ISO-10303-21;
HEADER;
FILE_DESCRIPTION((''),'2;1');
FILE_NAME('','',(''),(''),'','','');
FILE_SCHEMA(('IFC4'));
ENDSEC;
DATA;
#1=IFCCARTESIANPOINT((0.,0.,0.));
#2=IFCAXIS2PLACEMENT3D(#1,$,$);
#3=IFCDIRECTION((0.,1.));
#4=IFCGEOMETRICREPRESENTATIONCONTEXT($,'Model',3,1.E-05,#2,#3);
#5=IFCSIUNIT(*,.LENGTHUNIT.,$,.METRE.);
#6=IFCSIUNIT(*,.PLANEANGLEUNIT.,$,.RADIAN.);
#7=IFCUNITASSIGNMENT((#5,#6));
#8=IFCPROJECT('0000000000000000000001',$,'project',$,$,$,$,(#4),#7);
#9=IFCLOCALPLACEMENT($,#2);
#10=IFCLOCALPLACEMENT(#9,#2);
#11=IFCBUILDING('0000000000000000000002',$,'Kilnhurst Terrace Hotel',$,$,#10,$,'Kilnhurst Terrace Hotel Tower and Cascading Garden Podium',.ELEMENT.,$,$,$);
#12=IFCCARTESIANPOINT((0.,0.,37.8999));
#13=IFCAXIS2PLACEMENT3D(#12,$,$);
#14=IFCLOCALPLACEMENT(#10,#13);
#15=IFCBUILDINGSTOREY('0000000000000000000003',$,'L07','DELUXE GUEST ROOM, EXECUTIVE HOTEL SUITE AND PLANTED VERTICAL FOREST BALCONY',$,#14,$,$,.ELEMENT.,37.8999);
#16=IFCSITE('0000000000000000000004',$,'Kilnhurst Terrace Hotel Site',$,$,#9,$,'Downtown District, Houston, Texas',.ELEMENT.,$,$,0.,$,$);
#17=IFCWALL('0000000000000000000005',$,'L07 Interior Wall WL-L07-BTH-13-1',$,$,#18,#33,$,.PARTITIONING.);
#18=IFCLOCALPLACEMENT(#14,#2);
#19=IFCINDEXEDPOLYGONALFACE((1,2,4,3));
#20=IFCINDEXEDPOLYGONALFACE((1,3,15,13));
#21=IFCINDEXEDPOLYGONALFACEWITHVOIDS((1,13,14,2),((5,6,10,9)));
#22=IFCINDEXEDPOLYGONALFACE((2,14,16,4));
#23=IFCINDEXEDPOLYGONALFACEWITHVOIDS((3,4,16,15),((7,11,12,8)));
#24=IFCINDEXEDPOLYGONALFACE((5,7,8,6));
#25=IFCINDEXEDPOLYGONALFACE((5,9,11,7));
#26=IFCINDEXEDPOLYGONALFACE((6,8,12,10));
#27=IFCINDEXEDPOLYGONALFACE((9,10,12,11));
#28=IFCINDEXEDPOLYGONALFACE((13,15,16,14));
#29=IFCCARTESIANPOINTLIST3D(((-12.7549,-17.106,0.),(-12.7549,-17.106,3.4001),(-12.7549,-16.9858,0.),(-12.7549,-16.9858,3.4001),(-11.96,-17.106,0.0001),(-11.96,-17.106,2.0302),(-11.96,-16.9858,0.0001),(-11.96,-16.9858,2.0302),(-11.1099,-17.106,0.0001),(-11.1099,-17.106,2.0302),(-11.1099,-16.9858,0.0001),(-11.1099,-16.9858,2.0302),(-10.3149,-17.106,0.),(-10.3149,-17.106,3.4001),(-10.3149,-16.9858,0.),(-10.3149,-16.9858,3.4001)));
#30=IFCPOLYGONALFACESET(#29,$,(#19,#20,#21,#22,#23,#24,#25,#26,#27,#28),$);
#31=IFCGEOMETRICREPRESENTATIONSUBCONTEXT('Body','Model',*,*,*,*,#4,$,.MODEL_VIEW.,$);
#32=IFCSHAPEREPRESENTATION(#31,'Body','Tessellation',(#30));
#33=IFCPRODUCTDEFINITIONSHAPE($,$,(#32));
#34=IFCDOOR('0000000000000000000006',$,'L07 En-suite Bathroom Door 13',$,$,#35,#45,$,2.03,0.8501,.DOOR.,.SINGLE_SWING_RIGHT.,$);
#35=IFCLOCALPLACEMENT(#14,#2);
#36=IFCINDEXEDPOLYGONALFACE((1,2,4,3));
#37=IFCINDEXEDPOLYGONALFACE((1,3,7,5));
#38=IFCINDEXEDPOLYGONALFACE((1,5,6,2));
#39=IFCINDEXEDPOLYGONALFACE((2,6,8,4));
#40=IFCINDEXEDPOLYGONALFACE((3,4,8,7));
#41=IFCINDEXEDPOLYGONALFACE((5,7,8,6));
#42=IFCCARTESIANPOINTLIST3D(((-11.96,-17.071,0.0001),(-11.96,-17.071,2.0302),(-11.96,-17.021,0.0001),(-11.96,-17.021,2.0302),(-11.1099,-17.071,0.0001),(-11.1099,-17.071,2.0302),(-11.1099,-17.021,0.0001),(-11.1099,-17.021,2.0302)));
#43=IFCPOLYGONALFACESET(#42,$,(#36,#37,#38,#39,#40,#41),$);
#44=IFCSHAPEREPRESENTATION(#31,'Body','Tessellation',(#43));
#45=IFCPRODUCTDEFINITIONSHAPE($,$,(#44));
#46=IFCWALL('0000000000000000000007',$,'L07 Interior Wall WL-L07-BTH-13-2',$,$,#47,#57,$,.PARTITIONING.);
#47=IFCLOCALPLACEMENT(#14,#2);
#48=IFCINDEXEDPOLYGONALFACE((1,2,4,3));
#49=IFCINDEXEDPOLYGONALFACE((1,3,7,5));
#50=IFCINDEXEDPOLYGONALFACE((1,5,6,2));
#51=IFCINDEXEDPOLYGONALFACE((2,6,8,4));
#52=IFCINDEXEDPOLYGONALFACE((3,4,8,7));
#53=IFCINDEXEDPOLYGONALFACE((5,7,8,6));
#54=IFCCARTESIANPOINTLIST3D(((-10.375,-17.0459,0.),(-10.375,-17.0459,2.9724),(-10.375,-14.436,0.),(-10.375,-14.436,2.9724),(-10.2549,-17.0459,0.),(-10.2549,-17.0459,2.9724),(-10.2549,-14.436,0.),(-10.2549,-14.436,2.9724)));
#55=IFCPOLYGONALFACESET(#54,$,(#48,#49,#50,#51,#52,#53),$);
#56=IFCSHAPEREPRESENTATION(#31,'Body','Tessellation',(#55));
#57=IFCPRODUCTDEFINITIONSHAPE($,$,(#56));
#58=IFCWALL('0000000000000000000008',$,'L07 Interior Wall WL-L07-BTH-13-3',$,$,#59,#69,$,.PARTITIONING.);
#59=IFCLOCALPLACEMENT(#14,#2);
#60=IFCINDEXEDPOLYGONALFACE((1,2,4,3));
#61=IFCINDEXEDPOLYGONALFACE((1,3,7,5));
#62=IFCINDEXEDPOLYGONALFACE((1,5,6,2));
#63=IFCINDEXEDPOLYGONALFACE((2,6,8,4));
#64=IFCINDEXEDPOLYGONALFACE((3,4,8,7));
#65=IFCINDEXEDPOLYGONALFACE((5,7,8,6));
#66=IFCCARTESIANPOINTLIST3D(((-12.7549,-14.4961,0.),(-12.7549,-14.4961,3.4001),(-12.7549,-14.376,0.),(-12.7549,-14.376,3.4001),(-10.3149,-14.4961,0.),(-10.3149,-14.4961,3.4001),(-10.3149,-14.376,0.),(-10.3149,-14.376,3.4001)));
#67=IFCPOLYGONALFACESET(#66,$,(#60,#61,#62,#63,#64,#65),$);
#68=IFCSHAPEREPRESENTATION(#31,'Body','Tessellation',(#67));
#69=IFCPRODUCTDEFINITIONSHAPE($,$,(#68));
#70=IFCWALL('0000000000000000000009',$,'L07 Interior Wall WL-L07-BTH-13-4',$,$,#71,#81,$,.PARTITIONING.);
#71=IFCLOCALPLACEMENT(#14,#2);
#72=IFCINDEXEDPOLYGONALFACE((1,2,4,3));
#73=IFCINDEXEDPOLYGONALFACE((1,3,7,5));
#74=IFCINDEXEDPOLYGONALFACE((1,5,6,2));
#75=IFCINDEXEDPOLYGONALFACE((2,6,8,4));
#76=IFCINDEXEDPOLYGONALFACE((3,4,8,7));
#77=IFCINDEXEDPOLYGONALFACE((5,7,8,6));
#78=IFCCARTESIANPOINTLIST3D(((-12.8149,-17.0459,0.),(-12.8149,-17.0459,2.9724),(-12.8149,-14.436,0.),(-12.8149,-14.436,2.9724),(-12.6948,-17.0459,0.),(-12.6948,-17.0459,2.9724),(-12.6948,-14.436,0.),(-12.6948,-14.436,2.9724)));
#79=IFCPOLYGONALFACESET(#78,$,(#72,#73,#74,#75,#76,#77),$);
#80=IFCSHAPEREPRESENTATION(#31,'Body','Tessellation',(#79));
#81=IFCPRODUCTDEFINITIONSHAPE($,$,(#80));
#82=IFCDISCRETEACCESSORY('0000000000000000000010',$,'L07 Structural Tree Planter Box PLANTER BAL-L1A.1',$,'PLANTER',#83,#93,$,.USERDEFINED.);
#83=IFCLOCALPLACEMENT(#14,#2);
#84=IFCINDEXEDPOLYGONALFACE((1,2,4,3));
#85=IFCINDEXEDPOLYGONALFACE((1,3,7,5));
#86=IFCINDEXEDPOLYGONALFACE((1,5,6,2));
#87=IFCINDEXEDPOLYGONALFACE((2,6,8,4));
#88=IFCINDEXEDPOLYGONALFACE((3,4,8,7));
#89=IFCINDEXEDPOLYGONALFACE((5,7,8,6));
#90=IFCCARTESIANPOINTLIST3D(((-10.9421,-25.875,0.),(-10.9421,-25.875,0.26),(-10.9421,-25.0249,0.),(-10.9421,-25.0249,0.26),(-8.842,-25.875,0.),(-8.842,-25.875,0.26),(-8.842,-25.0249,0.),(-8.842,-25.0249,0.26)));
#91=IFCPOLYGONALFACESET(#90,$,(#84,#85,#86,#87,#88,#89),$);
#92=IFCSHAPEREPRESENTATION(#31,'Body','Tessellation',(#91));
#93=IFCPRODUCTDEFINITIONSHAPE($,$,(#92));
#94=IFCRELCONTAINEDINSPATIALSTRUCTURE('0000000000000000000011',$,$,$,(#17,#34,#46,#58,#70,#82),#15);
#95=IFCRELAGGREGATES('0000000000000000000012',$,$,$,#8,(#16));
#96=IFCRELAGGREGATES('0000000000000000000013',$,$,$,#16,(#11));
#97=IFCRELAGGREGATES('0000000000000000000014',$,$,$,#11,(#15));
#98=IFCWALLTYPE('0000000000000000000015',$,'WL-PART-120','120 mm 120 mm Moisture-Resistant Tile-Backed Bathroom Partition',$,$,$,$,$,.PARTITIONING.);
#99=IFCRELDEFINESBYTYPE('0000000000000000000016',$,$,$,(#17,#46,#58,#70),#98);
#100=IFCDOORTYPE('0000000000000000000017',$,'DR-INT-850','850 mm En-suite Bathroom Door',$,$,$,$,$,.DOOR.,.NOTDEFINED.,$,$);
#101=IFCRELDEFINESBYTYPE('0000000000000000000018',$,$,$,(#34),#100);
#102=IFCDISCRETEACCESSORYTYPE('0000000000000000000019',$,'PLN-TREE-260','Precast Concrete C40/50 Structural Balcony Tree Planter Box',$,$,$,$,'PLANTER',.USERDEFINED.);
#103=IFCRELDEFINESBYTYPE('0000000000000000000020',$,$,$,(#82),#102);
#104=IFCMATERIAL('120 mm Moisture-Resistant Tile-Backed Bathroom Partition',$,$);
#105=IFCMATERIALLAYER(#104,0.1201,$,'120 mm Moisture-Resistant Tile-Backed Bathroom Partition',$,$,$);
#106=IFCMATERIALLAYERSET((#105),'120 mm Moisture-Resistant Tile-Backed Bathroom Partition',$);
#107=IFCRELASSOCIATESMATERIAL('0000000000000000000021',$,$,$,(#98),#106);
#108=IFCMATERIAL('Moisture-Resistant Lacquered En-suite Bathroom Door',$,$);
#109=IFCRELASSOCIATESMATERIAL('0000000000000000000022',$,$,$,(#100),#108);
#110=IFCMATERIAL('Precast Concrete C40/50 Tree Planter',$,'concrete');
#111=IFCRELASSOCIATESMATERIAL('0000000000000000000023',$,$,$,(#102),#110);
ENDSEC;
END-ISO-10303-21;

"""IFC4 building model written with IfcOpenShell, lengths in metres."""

from ifc_helpers import new_model, si_unit, direction, frame, frame_2d, origin, origin_2d, place, context, subcontext, project, spatial, rectangle, extrude, material, layer, layer_set, type_object, element, fill, save


model = new_model("IFC4")

# Units and contexts
model_context = context("Model", 3, precision=1e-05, world=origin(), true_north=direction((0.0, 1.0)))
body_context = subcontext(model_context, "Body", "Model", "MODEL_VIEW")
ifc_project = project(units=[si_unit("LENGTHUNIT", "METRE"), si_unit("PLANEANGLEUNIT", "RADIAN")], contexts=[model_context])

# Site, building, storey
site_placement = place(None, origin())
site = spatial("IfcSite", under=ifc_project, at=site_placement, Name="Kilnhurst Terrace Hotel Site", LongName="Downtown District, Houston, Texas", CompositionType="ELEMENT", RefElevation=0.0)
building_placement = place(site_placement, origin())
building = spatial("IfcBuilding", under=site, at=building_placement, Name="Kilnhurst Terrace Hotel", LongName="Kilnhurst Terrace Hotel Tower and Cascading Garden Podium", CompositionType="ELEMENT")
storey_placement = place(building_placement, frame((0.0, 0.0, 37.8999)))
storey = spatial("IfcBuildingStorey", under=building, at=storey_placement, Name="L07", Description="DELUXE GUEST ROOM, EXECUTIVE HOTEL SUITE AND PLANTED VERTICAL FOREST BALCONY", CompositionType="ELEMENT", Elevation=37.8999)

# Shared definitions
ifc_material_1 = material(Name="120 mm Moisture-Resistant Tile-Backed Bathroom Partition")
ifc_layer_1 = layer(ifc_material_1, 0.1201, Name="120 mm Moisture-Resistant Tile-Backed Bathroom Partition")
ifc_layer_set_1 = layer_set([ifc_layer_1], Name="120 mm Moisture-Resistant Tile-Backed Bathroom Partition")
wall_type_1 = type_object("IfcWallType", Name="WL-PART-120", Description="120 mm 120 mm Moisture-Resistant Tile-Backed Bathroom Partition", PredefinedType="PARTITIONING", material=ifc_layer_set_1)
ifc_material_2 = material(Name="Moisture-Resistant Lacquered En-suite Bathroom Door")
door_type_1 = type_object("IfcDoorType", Name="DR-INT-850", Description="850 mm En-suite Bathroom Door", OperationType="NOTDEFINED", PredefinedType="DOOR", material=ifc_material_2)

# Wall, opening, door
wall_1_placement = place(storey_placement, frame((-12.7549, -17.0459, 0.0), z_axis=(0.0, 0.0, 1.0), x_axis=(1.0, 0.0, 0.0)))
wall_1 = element("IfcWall", 1, at=wall_1_placement, inside=storey, type_object=wall_type_1, Name="L07 Interior Wall WL-L07-BTH-13-1", PredefinedType="PARTITIONING", context=body_context, shape_type="SweptSolid", body=[
    extrude(rectangle(XDim=2.4399, YDim=0.1201, at=frame_2d((1.22, 0.0))), origin(), (0.0, 0.0, 1.0), 3.4001),
])
opening_1_placement = place(wall_1_placement, frame((0.7949, 0.0, 0.0)))
opening_1 = element("IfcOpeningElement", 2, at=opening_1_placement, cuts=wall_1, PredefinedType="OPENING", context=body_context, shape_type="SweptSolid", body=[
    extrude(rectangle(XDim=0.8501, YDim=2.03, at=frame_2d((0.425, 1.0151))), frame((0.0, 0.0701, 0.0), z_axis=(0.0, -1.0, 0.0), x_axis=(1.0, 0.0, 0.0)), (0.0, 0.0, 1.0), 0.1401),
])
door_1_placement = place(opening_1_placement, origin())
door_1 = element("IfcDoor", 3, at=door_1_placement, inside=storey, type_object=door_type_1, Name="L07 En-suite Bathroom Door 13", OperationType="SINGLE_SWING_RIGHT", OverallHeight=2.03, OverallWidth=0.8501, PredefinedType="DOOR", context=body_context, shape_type="SweptSolid", body=[
    extrude(rectangle(XDim=0.8501, YDim=2.03, at=frame_2d((0.425, 1.0151))), frame((0.0, 0.0249, 0.0), z_axis=(0.0, -1.0, 0.0), x_axis=(1.0, 0.0, 0.0)), (0.0, 0.0, 1.0), 0.05),
])
fill(opening_1, door_1)

# Walls
wall_2_placement = place(storey_placement, frame((-10.3149, -17.0459, 0.0), z_axis=(0.0, 0.0, 1.0), x_axis=(0.0, 1.0, 0.0)))
element("IfcWall", 4, at=wall_2_placement, inside=storey, type_object=wall_type_1, Name="L07 Interior Wall WL-L07-BTH-13-2", PredefinedType="PARTITIONING", context=body_context, shape_type="SweptSolid", body=[
    extrude(rectangle(XDim=2.6099, YDim=0.1201, at=frame_2d((1.3049, 0.0))), origin(), (0.0, 0.0, 1.0), 2.9724),
])
wall_3_placement = place(storey_placement, frame((-10.3149, -14.436, 0.0), z_axis=(0.0, 0.0, 1.0), x_axis=(-1.0, 0.0, 0.0)))
element("IfcWall", 5, at=wall_3_placement, inside=storey, type_object=wall_type_1, Name="L07 Interior Wall WL-L07-BTH-13-3", PredefinedType="PARTITIONING", context=body_context, shape_type="SweptSolid", body=[
    extrude(rectangle(XDim=2.4399, YDim=0.1201, at=frame_2d((1.22, 0.0))), origin(), (0.0, 0.0, 1.0), 3.4001),
])
wall_4_placement = place(storey_placement, frame((-12.7549, -14.436, 0.0), z_axis=(0.0, 0.0, 1.0), x_axis=(0.0, -1.0, 0.0)))
element("IfcWall", 6, at=wall_4_placement, inside=storey, type_object=wall_type_1, Name="L07 Interior Wall WL-L07-BTH-13-4", PredefinedType="PARTITIONING", context=body_context, shape_type="SweptSolid", body=[
    extrude(rectangle(XDim=2.6099, YDim=0.1201, at=frame_2d((1.3049, 0.0))), origin(), (0.0, 0.0, 1.0), 2.9724),
])

# Discrete accessory
ifc_material_3 = material(Name="Precast Concrete C40/50 Tree Planter", Category="concrete")
discrete_accessory_type = type_object("IfcDiscreteAccessoryType", Name="PLN-TREE-260", Description="Precast Concrete C40/50 Structural Balcony Tree Planter Box", ElementType="PLANTER", PredefinedType="USERDEFINED", material=ifc_material_3)
discrete_accessory_placement = place(storey_placement, frame((-9.8921, -25.45, 0.0), z_axis=(0.0, 0.0, 1.0), x_axis=(1.0, 0.0, 0.0)))
element("IfcDiscreteAccessory", 7, at=discrete_accessory_placement, inside=storey, type_object=discrete_accessory_type, Name="L07 Structural Tree Planter Box PLANTER BAL-L1A.1", ObjectType="PLANTER", PredefinedType="USERDEFINED", context=body_context, shape_type="SweptSolid", body=[
    extrude(rectangle(XDim=2.1001, YDim=0.8501, at=origin_2d()), origin(), (0.0, 0.0, 1.0), 0.26),
])

save(model, "model.ifc")
